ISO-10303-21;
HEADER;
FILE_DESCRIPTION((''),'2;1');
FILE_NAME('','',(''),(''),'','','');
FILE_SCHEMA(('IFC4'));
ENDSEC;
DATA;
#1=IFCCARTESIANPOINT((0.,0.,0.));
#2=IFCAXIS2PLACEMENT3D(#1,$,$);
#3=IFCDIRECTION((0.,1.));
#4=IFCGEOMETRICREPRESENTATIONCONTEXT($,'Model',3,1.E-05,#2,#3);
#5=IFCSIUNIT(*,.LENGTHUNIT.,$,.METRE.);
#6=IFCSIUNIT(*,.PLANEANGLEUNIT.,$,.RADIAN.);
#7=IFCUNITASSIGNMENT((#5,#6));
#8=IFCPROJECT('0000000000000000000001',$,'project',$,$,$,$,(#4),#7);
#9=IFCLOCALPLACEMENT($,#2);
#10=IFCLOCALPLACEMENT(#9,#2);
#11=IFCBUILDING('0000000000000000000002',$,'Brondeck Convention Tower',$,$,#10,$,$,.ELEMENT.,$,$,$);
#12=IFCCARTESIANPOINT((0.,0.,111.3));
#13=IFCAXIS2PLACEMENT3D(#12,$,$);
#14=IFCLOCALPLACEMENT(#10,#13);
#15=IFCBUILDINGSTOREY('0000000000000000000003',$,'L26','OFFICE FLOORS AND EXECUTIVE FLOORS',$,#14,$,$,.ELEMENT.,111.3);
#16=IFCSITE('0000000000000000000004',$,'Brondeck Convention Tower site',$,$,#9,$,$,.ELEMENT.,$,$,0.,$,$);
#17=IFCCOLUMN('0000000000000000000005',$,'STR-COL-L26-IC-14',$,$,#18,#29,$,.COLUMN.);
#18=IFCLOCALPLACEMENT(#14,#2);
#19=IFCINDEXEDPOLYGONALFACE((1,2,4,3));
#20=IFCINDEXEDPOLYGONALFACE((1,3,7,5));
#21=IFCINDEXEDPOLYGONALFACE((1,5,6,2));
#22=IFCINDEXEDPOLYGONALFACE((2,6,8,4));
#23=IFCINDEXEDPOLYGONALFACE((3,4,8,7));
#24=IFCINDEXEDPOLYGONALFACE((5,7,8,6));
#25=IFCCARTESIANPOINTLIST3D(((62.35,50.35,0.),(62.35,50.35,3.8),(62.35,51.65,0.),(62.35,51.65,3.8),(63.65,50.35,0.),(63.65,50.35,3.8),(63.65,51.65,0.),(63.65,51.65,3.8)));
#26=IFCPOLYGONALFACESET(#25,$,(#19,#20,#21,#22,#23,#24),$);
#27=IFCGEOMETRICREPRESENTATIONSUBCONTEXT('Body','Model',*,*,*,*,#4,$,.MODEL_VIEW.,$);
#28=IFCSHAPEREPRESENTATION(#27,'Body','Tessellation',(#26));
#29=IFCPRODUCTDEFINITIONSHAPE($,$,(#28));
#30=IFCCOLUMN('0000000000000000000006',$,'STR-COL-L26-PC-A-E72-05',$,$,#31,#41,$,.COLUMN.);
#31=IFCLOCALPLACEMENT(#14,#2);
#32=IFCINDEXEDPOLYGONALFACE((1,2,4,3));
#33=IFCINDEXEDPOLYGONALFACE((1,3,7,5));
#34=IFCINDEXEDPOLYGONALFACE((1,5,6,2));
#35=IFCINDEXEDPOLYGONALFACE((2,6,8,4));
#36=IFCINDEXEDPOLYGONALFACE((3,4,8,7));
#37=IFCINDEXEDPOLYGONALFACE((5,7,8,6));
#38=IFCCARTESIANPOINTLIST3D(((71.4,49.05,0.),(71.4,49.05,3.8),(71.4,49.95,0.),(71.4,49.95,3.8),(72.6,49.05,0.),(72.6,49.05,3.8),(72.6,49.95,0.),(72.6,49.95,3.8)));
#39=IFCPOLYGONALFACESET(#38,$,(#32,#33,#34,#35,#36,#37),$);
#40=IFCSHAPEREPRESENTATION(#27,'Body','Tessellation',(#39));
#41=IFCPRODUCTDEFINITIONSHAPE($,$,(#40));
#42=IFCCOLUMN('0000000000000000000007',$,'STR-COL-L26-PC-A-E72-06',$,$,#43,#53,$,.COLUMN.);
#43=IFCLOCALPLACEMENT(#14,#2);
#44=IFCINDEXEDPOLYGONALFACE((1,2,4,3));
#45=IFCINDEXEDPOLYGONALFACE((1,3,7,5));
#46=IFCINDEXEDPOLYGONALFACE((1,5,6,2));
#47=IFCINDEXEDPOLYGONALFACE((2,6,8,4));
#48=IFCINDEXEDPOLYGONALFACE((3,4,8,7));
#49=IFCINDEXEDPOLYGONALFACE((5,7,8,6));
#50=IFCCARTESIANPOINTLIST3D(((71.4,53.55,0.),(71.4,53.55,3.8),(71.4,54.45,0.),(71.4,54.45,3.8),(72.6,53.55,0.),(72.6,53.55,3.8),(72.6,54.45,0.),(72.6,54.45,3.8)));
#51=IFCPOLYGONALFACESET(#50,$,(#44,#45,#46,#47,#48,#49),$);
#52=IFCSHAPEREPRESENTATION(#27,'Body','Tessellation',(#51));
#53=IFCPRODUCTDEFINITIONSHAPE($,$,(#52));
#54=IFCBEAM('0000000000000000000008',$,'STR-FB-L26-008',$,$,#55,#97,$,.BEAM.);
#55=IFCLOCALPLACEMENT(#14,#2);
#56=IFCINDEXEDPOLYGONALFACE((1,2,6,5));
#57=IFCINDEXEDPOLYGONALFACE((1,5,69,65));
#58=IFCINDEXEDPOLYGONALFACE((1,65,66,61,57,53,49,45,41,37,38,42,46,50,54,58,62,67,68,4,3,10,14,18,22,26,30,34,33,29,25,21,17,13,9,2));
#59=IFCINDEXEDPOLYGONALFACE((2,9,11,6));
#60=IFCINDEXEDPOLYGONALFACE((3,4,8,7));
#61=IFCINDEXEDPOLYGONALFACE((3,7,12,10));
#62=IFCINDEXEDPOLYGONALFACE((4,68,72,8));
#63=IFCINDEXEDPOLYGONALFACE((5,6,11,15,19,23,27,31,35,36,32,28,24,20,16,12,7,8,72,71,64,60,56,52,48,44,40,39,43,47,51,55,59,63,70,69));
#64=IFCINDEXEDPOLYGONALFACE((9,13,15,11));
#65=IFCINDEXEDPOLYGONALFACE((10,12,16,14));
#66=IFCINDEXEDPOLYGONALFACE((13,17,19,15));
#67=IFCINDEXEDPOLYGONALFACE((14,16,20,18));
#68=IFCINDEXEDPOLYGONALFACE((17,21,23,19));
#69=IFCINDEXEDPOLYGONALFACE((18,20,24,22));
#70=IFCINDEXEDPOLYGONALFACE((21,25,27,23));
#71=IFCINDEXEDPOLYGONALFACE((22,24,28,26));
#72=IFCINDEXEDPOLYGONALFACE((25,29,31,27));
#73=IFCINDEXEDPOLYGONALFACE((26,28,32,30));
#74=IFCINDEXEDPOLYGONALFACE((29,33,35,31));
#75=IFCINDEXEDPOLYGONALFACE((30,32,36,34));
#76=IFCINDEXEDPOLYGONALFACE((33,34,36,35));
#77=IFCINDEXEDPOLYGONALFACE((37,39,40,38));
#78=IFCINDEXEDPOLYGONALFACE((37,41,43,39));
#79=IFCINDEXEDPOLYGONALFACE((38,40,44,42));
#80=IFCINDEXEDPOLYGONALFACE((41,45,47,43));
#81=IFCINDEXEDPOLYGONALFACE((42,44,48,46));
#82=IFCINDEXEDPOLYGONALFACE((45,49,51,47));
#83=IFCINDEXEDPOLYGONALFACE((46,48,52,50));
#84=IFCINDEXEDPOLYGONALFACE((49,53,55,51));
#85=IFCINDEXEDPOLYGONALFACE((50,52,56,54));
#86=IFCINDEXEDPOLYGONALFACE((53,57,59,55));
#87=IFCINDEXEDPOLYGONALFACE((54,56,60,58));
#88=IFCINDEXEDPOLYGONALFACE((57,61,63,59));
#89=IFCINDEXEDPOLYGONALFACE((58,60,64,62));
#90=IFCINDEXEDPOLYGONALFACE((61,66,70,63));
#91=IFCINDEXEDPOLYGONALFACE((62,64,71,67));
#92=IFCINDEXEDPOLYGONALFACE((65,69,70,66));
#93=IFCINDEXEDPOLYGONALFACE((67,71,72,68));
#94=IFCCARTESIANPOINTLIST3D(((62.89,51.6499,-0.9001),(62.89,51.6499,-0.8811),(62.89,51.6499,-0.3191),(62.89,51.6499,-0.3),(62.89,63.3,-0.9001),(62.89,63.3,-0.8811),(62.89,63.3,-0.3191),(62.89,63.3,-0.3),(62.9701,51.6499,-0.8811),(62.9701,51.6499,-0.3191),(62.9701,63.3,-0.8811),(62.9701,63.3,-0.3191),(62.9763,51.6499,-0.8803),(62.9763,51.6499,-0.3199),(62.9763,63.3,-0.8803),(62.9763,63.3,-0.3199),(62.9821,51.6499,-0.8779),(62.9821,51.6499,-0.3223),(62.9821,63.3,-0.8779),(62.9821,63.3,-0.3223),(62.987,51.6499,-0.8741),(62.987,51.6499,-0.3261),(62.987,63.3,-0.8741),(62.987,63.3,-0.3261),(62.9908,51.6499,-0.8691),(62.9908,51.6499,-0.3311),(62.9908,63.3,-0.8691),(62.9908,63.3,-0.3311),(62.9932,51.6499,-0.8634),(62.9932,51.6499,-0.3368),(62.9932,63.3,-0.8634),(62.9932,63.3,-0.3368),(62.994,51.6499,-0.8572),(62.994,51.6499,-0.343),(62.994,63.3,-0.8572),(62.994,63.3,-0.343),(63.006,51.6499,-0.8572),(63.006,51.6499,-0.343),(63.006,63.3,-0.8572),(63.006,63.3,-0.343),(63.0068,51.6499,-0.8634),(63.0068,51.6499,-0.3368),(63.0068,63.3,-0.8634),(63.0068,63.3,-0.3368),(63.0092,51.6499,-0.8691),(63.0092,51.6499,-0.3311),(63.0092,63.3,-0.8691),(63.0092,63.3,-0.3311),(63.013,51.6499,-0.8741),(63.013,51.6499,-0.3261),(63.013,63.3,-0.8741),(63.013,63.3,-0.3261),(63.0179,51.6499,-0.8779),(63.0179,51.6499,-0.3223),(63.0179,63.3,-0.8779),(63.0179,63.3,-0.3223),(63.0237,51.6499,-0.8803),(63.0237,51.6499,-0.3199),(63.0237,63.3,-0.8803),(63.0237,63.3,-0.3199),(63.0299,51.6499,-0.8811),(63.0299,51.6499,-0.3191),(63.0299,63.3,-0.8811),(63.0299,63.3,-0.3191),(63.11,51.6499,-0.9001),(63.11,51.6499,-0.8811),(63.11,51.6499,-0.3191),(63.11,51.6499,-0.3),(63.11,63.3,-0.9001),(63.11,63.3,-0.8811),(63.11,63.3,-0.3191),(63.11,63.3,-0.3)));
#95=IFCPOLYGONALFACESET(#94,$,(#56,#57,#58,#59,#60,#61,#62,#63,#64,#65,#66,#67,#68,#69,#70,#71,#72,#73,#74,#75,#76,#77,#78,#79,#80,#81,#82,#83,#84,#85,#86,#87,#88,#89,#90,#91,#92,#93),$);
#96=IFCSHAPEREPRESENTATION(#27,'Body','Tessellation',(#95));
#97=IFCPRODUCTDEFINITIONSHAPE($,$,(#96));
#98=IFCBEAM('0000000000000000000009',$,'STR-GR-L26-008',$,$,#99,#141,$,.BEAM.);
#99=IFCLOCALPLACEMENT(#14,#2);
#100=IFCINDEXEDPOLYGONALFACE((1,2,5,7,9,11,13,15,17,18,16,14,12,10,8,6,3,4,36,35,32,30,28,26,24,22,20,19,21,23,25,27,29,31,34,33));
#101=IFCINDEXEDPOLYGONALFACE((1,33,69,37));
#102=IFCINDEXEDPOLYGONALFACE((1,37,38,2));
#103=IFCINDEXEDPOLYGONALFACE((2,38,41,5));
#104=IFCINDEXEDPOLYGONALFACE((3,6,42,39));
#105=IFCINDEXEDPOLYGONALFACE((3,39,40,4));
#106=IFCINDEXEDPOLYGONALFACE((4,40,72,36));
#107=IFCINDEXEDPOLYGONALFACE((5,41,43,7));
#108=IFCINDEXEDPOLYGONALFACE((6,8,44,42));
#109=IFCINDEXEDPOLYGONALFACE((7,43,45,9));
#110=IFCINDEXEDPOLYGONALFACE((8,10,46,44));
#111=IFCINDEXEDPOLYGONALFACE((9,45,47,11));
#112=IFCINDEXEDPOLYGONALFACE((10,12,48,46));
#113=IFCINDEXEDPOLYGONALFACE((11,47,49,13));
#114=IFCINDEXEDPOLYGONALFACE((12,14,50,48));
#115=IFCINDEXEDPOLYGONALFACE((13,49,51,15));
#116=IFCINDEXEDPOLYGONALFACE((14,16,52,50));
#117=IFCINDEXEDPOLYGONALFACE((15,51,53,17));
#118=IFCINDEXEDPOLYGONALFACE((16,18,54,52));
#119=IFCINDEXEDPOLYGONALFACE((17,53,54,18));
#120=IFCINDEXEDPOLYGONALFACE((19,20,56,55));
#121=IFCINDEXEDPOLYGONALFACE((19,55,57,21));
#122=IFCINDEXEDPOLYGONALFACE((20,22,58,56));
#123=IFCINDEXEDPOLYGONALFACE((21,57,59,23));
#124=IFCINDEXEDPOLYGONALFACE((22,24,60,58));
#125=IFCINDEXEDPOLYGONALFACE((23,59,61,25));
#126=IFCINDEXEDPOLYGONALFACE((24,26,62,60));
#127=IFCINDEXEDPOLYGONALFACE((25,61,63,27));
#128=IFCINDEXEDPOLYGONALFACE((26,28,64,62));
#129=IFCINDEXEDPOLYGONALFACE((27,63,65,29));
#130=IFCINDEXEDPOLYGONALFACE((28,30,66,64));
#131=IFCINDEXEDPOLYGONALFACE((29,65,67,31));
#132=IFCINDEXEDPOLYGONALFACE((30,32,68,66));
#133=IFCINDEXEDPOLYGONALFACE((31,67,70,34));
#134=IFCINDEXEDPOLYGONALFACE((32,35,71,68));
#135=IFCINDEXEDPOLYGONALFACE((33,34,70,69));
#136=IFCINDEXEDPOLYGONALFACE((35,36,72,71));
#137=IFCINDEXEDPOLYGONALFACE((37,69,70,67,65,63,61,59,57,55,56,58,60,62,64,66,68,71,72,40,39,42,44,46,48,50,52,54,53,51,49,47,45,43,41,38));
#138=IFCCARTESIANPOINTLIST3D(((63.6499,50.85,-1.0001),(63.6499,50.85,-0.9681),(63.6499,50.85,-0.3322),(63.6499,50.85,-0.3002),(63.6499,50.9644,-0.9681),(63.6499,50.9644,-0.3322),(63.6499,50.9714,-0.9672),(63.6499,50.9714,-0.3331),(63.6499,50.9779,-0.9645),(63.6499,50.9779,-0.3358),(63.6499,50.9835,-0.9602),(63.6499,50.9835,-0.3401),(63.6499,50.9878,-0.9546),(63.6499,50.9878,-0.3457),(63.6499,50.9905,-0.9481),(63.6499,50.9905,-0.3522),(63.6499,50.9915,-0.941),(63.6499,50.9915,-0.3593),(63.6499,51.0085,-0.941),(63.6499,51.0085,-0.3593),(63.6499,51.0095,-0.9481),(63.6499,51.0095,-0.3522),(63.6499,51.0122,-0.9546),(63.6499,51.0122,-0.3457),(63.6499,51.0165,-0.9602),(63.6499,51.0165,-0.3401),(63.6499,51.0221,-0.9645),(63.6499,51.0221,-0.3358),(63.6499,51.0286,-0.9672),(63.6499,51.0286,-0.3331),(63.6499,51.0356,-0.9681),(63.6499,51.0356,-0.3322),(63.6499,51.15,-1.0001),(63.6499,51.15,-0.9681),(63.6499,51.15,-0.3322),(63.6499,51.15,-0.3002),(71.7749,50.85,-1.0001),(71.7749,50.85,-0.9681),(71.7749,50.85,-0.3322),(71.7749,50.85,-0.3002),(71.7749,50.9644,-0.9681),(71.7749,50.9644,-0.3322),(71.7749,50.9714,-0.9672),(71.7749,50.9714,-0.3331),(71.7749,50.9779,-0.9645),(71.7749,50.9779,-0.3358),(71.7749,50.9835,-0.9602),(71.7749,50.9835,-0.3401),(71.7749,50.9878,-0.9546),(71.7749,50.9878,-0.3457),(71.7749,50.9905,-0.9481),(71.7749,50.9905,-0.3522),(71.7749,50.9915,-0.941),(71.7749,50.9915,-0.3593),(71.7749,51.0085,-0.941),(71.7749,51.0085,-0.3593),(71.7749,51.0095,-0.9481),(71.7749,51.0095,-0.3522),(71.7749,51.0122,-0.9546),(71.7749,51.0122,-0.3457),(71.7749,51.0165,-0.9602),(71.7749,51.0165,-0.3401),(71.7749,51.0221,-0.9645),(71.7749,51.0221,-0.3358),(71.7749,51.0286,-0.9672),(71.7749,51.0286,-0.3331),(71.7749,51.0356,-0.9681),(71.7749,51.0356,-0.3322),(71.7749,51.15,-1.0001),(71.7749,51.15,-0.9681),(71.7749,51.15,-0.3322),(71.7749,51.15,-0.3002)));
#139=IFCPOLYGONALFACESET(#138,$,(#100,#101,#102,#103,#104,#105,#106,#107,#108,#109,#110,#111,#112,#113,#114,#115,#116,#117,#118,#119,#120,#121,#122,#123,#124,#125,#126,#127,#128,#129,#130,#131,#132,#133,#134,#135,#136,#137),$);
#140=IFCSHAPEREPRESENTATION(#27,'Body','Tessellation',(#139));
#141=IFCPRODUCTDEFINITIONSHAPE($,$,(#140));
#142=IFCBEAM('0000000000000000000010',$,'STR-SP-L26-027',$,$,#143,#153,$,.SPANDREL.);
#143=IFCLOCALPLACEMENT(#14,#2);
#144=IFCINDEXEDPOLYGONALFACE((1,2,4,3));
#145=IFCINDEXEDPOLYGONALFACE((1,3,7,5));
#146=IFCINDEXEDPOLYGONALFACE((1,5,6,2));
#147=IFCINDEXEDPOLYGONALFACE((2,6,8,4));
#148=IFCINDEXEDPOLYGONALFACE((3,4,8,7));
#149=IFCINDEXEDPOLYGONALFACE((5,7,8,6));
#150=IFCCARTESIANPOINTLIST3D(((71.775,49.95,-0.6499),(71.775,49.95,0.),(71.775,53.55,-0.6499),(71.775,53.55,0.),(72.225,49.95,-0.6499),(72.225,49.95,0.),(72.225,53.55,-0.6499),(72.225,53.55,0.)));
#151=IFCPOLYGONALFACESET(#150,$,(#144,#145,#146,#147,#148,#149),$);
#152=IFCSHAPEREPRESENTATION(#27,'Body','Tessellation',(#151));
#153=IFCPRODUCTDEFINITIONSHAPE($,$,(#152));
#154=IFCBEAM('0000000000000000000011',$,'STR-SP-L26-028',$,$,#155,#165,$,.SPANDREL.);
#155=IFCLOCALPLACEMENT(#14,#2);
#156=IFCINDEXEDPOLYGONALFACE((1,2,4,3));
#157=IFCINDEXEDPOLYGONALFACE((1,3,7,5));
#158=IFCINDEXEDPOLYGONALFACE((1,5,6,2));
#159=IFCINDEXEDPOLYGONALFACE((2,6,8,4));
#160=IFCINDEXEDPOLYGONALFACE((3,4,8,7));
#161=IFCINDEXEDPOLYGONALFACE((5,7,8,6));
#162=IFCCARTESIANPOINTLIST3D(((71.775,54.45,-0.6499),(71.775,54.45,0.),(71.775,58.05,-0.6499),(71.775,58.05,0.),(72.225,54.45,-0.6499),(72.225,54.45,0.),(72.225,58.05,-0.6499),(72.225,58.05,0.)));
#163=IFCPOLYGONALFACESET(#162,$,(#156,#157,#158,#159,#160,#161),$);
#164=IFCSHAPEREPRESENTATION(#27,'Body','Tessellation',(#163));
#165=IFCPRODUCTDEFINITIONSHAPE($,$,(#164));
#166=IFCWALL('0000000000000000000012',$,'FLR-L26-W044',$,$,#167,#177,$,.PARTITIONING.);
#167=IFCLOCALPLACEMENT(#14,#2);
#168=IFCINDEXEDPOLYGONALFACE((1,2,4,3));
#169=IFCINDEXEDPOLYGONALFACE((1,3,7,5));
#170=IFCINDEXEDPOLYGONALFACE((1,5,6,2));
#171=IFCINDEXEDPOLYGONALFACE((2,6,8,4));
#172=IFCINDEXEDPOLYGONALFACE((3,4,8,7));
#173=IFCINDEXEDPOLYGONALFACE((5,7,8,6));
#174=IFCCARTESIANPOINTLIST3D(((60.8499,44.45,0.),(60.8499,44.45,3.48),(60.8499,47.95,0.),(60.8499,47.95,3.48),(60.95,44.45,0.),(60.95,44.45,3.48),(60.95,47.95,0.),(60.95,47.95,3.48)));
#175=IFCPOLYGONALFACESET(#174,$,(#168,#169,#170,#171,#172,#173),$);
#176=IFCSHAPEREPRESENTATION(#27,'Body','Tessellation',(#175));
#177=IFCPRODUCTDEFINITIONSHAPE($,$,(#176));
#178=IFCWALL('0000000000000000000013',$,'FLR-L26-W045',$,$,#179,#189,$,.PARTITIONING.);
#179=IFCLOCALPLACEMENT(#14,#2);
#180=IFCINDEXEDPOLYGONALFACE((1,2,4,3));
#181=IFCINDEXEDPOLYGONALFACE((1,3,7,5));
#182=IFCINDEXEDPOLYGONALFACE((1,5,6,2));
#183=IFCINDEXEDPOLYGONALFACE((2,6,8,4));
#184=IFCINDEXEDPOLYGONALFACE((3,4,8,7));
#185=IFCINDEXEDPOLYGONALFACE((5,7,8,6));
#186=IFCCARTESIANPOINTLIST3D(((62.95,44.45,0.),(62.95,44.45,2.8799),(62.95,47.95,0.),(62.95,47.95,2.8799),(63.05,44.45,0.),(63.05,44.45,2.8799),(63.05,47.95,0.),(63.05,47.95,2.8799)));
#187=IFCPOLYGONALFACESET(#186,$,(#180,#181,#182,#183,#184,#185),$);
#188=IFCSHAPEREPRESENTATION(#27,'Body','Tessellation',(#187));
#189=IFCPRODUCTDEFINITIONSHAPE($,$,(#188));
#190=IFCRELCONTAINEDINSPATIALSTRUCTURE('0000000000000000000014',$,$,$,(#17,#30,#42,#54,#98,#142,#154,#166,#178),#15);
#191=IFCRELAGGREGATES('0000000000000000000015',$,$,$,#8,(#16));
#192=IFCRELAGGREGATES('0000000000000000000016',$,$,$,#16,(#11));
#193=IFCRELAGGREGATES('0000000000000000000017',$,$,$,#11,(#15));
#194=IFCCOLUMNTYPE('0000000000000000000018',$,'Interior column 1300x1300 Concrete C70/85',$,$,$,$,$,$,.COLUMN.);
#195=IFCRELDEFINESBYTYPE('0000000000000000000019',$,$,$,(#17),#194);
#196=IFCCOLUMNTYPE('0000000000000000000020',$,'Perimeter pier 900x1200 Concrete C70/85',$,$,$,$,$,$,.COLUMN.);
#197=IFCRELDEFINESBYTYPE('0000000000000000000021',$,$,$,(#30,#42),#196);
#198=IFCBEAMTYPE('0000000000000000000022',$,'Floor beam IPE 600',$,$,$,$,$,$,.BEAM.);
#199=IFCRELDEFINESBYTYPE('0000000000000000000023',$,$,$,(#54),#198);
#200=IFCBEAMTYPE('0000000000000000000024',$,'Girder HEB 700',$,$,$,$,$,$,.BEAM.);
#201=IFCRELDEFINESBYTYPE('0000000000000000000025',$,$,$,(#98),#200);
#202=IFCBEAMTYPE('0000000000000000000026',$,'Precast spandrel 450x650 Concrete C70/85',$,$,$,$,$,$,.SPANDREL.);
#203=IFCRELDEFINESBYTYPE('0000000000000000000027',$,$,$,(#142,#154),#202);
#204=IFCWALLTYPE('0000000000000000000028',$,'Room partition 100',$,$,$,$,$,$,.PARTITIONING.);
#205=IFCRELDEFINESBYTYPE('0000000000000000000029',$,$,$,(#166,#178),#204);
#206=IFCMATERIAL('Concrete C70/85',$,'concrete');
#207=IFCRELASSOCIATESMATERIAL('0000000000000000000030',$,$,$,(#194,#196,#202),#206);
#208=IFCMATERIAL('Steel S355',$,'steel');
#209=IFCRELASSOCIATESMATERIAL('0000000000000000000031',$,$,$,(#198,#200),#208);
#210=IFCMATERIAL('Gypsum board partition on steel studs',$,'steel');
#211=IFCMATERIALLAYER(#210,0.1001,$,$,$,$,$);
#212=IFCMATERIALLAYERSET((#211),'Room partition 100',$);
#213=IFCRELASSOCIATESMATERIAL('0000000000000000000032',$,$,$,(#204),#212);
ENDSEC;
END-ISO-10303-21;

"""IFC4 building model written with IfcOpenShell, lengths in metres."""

from ifc_helpers import new_model, si_unit, direction, frame, frame_2d, origin, origin_2d, place, context, subcontext, project, spatial, rectangle, i_section, extrude, material, layer, layer_set, material_profile, profile_set, type_object, element, save


model = new_model("IFC4")

# Units and contexts
model_context = context("Model", 3, precision=1e-05, world=origin(), true_north=direction((0.0, 1.0)))
body_context = subcontext(model_context, "Body", "Model", "MODEL_VIEW")
ifc_project = project(units=[si_unit("LENGTHUNIT", "METRE"), si_unit("PLANEANGLEUNIT", "RADIAN")], contexts=[model_context])

# Site, building, storey
site_placement = place(None, origin())
site = spatial("IfcSite", under=ifc_project, at=site_placement, Name="Brondeck Convention Tower site", CompositionType="ELEMENT", RefElevation=0.0)
building_placement = place(site_placement, origin())
building = spatial("IfcBuilding", under=site, at=building_placement, Name="Brondeck Convention Tower", CompositionType="ELEMENT")
storey_placement = place(building_placement, frame((0.0, 0.0, 111.3)))
storey = spatial("IfcBuildingStorey", under=building, at=storey_placement, Name="L26", Description="OFFICE FLOORS AND EXECUTIVE FLOORS", CompositionType="ELEMENT", Elevation=111.3)

# Columns
ifc_material_1 = material(Name="Concrete C70/85", Category="concrete")
ifc_material_profile_1 = material_profile(ifc_material_1, rectangle(XDim=1.3, YDim=1.3, at=origin_2d()), Name="Interior column 1300x1300 Concrete C70/85")
ifc_profile_set_1 = profile_set([ifc_material_profile_1], Name="Concrete C70/85")
column_type_1 = type_object("IfcColumnType", Name="Interior column 1300x1300 Concrete C70/85", PredefinedType="COLUMN", material=ifc_profile_set_1)
column_placement = place(storey_placement, frame((63.0, 51.0, 0.0), z_axis=(0.0, 0.0, 1.0), x_axis=(1.0, 0.0, 0.0)))
element("IfcColumn", 1, at=column_placement, inside=storey, type_object=column_type_1, Name="STR-COL-L26-IC-14", PredefinedType="COLUMN", context=body_context, shape_type="SweptSolid", body=[
    extrude(rectangle(XDim=1.3, YDim=1.3, at=origin_2d()), origin(), (0.0, 0.0, 1.0), 3.8),
])
ifc_material_profile_2 = material_profile(ifc_material_1, rectangle(XDim=0.8999, YDim=1.2, at=origin_2d()), Name="Perimeter pier 900x1200 Concrete C70/85")
ifc_profile_set_2 = profile_set([ifc_material_profile_2], Name="Concrete C70/85")
column_type_2 = type_object("IfcColumnType", Name="Perimeter pier 900x1200 Concrete C70/85", PredefinedType="COLUMN", material=ifc_profile_set_2)
for number, where, z_axis, x_axis, name in (
    (2, (72.0, 49.5, 0.0), (0.0, 0.0, 1.0), (0.0, 1.0, 0.0), "STR-COL-L26-PC-A-E72-05"),
    (3, (72.0, 54.0, 0.0), (0.0, 0.0, 1.0), (0.0, 1.0, 0.0), "STR-COL-L26-PC-A-E72-06"),
):
    element("IfcColumn", number, at=place(storey_placement, frame(where, z_axis=z_axis, x_axis=x_axis)), inside=storey, type_object=column_type_2, Name=name, PredefinedType="COLUMN", context=body_context, shape_type="SweptSolid", body=[
        extrude(rectangle(XDim=0.8999, YDim=1.2, at=origin_2d()), origin(), (0.0, 0.0, 1.0), 3.8),
    ])

# Beams
ifc_material_2 = material(Name="Steel S355", Category="steel")
ifc_material_profile_3 = material_profile(ifc_material_2, i_section(OverallWidth=0.22, OverallDepth=0.6001, WebThickness=0.012, FlangeThickness=0.019, FilletRadius=0.0239, at=origin_2d()), Name="IPE 600")
ifc_profile_set_3 = profile_set([ifc_material_profile_3], Name="Steel S355")
beam_type_1 = type_object("IfcBeamType", Name="Floor beam IPE 600", PredefinedType="BEAM", material=ifc_profile_set_3)
beam_1_placement = place(storey_placement, frame((63.0, 51.6499, -0.6001), z_axis=(0.0, 1.0, 0.0), x_axis=(-1.0, 0.0, 0.0)))
element("IfcBeam", 4, at=beam_1_placement, inside=storey, type_object=beam_type_1, Name="STR-FB-L26-008", PredefinedType="BEAM", context=body_context, shape_type="SweptSolid", body=[
    extrude(i_section(OverallWidth=0.22, OverallDepth=0.6001, WebThickness=0.012, FlangeThickness=0.019, FilletRadius=0.0239, at=origin_2d()), origin(), (0.0, 0.0, 1.0), 11.6501),
])
ifc_material_profile_4 = material_profile(ifc_material_2, i_section(OverallWidth=0.3, OverallDepth=0.7, WebThickness=0.0171, FlangeThickness=0.032, FilletRadius=0.0271, at=origin_2d()), Name="HEB 700")
ifc_profile_set_4 = profile_set([ifc_material_profile_4], Name="Steel S355")
beam_type_2 = type_object("IfcBeamType", Name="Girder HEB 700", PredefinedType="BEAM", material=ifc_profile_set_4)
beam_2_placement = place(storey_placement, frame((63.6499, 51.0, -0.6501), z_axis=(1.0, 0.0, 0.0), x_axis=(0.0, 1.0, 0.0)))
element("IfcBeam", 5, at=beam_2_placement, inside=storey, type_object=beam_type_2, Name="STR-GR-L26-008", PredefinedType="BEAM", context=body_context, shape_type="SweptSolid", body=[
    extrude(i_section(OverallWidth=0.3, OverallDepth=0.7, WebThickness=0.0171, FlangeThickness=0.032, FilletRadius=0.0271, at=origin_2d()), origin(), (0.0, 0.0, 1.0), 8.125),
])
ifc_material_profile_5 = material_profile(ifc_material_1, rectangle(XDim=0.45, YDim=0.6499, at=origin_2d()), Name="Precast spandrel 450x650 Concrete C70/85")
ifc_profile_set_5 = profile_set([ifc_material_profile_5], Name="Concrete C70/85")
beam_type_3 = type_object("IfcBeamType", Name="Precast spandrel 450x650 Concrete C70/85", PredefinedType="SPANDREL", material=ifc_profile_set_5)
for number, where, z_axis, x_axis, name in (
    (6, (72.0, 49.95, -0.325), (0.0, 1.0, 0.0), (-1.0, 0.0, 0.0), "STR-SP-L26-027"),
    (7, (72.0, 54.45, -0.325), (0.0, 1.0, 0.0), (-1.0, 0.0, 0.0), "STR-SP-L26-028"),
):
    element("IfcBeam", number, at=place(storey_placement, frame(where, z_axis=z_axis, x_axis=x_axis)), inside=storey, type_object=beam_type_3, Name=name, PredefinedType="SPANDREL", context=body_context, shape_type="SweptSolid", body=[
        extrude(rectangle(XDim=0.45, YDim=0.6499, at=origin_2d()), origin(), (0.0, 0.0, 1.0), 3.6001),
    ])

# Walls
ifc_material_3 = material(Name="Gypsum board partition on steel studs", Category="steel")
ifc_layer = layer(ifc_material_3, 0.1001)
ifc_layer_set = layer_set([ifc_layer], Name="Room partition 100")
wall_type = type_object("IfcWallType", Name="Room partition 100", PredefinedType="PARTITIONING", material=ifc_layer_set)
wall_1_placement = place(storey_placement, frame((60.8999, 47.95, 0.0), z_axis=(0.0, 0.0, 1.0), x_axis=(0.0, -1.0, 0.0)))
element("IfcWall", 8, at=wall_1_placement, inside=storey, type_object=wall_type, Name="FLR-L26-W044", PredefinedType="PARTITIONING", context=body_context, shape_type="SweptSolid", body=[
    extrude(rectangle(XDim=3.5, YDim=0.1001, at=frame_2d((1.75, 0.0))), origin(), (0.0, 0.0, 1.0), 3.48),
])
wall_2_placement = place(storey_placement, frame((63.0, 47.95, 0.0), z_axis=(0.0, 0.0, 1.0), x_axis=(0.0, -1.0, 0.0)))
element("IfcWall", 9, at=wall_2_placement, inside=storey, type_object=wall_type, Name="FLR-L26-W045", PredefinedType="PARTITIONING", context=body_context, shape_type="SweptSolid", body=[
    extrude(rectangle(XDim=3.5, YDim=0.1001, at=frame_2d((1.75, 0.0))), origin(), (0.0, 0.0, 1.0), 2.8799),
])

save(model, "model.ifc")
